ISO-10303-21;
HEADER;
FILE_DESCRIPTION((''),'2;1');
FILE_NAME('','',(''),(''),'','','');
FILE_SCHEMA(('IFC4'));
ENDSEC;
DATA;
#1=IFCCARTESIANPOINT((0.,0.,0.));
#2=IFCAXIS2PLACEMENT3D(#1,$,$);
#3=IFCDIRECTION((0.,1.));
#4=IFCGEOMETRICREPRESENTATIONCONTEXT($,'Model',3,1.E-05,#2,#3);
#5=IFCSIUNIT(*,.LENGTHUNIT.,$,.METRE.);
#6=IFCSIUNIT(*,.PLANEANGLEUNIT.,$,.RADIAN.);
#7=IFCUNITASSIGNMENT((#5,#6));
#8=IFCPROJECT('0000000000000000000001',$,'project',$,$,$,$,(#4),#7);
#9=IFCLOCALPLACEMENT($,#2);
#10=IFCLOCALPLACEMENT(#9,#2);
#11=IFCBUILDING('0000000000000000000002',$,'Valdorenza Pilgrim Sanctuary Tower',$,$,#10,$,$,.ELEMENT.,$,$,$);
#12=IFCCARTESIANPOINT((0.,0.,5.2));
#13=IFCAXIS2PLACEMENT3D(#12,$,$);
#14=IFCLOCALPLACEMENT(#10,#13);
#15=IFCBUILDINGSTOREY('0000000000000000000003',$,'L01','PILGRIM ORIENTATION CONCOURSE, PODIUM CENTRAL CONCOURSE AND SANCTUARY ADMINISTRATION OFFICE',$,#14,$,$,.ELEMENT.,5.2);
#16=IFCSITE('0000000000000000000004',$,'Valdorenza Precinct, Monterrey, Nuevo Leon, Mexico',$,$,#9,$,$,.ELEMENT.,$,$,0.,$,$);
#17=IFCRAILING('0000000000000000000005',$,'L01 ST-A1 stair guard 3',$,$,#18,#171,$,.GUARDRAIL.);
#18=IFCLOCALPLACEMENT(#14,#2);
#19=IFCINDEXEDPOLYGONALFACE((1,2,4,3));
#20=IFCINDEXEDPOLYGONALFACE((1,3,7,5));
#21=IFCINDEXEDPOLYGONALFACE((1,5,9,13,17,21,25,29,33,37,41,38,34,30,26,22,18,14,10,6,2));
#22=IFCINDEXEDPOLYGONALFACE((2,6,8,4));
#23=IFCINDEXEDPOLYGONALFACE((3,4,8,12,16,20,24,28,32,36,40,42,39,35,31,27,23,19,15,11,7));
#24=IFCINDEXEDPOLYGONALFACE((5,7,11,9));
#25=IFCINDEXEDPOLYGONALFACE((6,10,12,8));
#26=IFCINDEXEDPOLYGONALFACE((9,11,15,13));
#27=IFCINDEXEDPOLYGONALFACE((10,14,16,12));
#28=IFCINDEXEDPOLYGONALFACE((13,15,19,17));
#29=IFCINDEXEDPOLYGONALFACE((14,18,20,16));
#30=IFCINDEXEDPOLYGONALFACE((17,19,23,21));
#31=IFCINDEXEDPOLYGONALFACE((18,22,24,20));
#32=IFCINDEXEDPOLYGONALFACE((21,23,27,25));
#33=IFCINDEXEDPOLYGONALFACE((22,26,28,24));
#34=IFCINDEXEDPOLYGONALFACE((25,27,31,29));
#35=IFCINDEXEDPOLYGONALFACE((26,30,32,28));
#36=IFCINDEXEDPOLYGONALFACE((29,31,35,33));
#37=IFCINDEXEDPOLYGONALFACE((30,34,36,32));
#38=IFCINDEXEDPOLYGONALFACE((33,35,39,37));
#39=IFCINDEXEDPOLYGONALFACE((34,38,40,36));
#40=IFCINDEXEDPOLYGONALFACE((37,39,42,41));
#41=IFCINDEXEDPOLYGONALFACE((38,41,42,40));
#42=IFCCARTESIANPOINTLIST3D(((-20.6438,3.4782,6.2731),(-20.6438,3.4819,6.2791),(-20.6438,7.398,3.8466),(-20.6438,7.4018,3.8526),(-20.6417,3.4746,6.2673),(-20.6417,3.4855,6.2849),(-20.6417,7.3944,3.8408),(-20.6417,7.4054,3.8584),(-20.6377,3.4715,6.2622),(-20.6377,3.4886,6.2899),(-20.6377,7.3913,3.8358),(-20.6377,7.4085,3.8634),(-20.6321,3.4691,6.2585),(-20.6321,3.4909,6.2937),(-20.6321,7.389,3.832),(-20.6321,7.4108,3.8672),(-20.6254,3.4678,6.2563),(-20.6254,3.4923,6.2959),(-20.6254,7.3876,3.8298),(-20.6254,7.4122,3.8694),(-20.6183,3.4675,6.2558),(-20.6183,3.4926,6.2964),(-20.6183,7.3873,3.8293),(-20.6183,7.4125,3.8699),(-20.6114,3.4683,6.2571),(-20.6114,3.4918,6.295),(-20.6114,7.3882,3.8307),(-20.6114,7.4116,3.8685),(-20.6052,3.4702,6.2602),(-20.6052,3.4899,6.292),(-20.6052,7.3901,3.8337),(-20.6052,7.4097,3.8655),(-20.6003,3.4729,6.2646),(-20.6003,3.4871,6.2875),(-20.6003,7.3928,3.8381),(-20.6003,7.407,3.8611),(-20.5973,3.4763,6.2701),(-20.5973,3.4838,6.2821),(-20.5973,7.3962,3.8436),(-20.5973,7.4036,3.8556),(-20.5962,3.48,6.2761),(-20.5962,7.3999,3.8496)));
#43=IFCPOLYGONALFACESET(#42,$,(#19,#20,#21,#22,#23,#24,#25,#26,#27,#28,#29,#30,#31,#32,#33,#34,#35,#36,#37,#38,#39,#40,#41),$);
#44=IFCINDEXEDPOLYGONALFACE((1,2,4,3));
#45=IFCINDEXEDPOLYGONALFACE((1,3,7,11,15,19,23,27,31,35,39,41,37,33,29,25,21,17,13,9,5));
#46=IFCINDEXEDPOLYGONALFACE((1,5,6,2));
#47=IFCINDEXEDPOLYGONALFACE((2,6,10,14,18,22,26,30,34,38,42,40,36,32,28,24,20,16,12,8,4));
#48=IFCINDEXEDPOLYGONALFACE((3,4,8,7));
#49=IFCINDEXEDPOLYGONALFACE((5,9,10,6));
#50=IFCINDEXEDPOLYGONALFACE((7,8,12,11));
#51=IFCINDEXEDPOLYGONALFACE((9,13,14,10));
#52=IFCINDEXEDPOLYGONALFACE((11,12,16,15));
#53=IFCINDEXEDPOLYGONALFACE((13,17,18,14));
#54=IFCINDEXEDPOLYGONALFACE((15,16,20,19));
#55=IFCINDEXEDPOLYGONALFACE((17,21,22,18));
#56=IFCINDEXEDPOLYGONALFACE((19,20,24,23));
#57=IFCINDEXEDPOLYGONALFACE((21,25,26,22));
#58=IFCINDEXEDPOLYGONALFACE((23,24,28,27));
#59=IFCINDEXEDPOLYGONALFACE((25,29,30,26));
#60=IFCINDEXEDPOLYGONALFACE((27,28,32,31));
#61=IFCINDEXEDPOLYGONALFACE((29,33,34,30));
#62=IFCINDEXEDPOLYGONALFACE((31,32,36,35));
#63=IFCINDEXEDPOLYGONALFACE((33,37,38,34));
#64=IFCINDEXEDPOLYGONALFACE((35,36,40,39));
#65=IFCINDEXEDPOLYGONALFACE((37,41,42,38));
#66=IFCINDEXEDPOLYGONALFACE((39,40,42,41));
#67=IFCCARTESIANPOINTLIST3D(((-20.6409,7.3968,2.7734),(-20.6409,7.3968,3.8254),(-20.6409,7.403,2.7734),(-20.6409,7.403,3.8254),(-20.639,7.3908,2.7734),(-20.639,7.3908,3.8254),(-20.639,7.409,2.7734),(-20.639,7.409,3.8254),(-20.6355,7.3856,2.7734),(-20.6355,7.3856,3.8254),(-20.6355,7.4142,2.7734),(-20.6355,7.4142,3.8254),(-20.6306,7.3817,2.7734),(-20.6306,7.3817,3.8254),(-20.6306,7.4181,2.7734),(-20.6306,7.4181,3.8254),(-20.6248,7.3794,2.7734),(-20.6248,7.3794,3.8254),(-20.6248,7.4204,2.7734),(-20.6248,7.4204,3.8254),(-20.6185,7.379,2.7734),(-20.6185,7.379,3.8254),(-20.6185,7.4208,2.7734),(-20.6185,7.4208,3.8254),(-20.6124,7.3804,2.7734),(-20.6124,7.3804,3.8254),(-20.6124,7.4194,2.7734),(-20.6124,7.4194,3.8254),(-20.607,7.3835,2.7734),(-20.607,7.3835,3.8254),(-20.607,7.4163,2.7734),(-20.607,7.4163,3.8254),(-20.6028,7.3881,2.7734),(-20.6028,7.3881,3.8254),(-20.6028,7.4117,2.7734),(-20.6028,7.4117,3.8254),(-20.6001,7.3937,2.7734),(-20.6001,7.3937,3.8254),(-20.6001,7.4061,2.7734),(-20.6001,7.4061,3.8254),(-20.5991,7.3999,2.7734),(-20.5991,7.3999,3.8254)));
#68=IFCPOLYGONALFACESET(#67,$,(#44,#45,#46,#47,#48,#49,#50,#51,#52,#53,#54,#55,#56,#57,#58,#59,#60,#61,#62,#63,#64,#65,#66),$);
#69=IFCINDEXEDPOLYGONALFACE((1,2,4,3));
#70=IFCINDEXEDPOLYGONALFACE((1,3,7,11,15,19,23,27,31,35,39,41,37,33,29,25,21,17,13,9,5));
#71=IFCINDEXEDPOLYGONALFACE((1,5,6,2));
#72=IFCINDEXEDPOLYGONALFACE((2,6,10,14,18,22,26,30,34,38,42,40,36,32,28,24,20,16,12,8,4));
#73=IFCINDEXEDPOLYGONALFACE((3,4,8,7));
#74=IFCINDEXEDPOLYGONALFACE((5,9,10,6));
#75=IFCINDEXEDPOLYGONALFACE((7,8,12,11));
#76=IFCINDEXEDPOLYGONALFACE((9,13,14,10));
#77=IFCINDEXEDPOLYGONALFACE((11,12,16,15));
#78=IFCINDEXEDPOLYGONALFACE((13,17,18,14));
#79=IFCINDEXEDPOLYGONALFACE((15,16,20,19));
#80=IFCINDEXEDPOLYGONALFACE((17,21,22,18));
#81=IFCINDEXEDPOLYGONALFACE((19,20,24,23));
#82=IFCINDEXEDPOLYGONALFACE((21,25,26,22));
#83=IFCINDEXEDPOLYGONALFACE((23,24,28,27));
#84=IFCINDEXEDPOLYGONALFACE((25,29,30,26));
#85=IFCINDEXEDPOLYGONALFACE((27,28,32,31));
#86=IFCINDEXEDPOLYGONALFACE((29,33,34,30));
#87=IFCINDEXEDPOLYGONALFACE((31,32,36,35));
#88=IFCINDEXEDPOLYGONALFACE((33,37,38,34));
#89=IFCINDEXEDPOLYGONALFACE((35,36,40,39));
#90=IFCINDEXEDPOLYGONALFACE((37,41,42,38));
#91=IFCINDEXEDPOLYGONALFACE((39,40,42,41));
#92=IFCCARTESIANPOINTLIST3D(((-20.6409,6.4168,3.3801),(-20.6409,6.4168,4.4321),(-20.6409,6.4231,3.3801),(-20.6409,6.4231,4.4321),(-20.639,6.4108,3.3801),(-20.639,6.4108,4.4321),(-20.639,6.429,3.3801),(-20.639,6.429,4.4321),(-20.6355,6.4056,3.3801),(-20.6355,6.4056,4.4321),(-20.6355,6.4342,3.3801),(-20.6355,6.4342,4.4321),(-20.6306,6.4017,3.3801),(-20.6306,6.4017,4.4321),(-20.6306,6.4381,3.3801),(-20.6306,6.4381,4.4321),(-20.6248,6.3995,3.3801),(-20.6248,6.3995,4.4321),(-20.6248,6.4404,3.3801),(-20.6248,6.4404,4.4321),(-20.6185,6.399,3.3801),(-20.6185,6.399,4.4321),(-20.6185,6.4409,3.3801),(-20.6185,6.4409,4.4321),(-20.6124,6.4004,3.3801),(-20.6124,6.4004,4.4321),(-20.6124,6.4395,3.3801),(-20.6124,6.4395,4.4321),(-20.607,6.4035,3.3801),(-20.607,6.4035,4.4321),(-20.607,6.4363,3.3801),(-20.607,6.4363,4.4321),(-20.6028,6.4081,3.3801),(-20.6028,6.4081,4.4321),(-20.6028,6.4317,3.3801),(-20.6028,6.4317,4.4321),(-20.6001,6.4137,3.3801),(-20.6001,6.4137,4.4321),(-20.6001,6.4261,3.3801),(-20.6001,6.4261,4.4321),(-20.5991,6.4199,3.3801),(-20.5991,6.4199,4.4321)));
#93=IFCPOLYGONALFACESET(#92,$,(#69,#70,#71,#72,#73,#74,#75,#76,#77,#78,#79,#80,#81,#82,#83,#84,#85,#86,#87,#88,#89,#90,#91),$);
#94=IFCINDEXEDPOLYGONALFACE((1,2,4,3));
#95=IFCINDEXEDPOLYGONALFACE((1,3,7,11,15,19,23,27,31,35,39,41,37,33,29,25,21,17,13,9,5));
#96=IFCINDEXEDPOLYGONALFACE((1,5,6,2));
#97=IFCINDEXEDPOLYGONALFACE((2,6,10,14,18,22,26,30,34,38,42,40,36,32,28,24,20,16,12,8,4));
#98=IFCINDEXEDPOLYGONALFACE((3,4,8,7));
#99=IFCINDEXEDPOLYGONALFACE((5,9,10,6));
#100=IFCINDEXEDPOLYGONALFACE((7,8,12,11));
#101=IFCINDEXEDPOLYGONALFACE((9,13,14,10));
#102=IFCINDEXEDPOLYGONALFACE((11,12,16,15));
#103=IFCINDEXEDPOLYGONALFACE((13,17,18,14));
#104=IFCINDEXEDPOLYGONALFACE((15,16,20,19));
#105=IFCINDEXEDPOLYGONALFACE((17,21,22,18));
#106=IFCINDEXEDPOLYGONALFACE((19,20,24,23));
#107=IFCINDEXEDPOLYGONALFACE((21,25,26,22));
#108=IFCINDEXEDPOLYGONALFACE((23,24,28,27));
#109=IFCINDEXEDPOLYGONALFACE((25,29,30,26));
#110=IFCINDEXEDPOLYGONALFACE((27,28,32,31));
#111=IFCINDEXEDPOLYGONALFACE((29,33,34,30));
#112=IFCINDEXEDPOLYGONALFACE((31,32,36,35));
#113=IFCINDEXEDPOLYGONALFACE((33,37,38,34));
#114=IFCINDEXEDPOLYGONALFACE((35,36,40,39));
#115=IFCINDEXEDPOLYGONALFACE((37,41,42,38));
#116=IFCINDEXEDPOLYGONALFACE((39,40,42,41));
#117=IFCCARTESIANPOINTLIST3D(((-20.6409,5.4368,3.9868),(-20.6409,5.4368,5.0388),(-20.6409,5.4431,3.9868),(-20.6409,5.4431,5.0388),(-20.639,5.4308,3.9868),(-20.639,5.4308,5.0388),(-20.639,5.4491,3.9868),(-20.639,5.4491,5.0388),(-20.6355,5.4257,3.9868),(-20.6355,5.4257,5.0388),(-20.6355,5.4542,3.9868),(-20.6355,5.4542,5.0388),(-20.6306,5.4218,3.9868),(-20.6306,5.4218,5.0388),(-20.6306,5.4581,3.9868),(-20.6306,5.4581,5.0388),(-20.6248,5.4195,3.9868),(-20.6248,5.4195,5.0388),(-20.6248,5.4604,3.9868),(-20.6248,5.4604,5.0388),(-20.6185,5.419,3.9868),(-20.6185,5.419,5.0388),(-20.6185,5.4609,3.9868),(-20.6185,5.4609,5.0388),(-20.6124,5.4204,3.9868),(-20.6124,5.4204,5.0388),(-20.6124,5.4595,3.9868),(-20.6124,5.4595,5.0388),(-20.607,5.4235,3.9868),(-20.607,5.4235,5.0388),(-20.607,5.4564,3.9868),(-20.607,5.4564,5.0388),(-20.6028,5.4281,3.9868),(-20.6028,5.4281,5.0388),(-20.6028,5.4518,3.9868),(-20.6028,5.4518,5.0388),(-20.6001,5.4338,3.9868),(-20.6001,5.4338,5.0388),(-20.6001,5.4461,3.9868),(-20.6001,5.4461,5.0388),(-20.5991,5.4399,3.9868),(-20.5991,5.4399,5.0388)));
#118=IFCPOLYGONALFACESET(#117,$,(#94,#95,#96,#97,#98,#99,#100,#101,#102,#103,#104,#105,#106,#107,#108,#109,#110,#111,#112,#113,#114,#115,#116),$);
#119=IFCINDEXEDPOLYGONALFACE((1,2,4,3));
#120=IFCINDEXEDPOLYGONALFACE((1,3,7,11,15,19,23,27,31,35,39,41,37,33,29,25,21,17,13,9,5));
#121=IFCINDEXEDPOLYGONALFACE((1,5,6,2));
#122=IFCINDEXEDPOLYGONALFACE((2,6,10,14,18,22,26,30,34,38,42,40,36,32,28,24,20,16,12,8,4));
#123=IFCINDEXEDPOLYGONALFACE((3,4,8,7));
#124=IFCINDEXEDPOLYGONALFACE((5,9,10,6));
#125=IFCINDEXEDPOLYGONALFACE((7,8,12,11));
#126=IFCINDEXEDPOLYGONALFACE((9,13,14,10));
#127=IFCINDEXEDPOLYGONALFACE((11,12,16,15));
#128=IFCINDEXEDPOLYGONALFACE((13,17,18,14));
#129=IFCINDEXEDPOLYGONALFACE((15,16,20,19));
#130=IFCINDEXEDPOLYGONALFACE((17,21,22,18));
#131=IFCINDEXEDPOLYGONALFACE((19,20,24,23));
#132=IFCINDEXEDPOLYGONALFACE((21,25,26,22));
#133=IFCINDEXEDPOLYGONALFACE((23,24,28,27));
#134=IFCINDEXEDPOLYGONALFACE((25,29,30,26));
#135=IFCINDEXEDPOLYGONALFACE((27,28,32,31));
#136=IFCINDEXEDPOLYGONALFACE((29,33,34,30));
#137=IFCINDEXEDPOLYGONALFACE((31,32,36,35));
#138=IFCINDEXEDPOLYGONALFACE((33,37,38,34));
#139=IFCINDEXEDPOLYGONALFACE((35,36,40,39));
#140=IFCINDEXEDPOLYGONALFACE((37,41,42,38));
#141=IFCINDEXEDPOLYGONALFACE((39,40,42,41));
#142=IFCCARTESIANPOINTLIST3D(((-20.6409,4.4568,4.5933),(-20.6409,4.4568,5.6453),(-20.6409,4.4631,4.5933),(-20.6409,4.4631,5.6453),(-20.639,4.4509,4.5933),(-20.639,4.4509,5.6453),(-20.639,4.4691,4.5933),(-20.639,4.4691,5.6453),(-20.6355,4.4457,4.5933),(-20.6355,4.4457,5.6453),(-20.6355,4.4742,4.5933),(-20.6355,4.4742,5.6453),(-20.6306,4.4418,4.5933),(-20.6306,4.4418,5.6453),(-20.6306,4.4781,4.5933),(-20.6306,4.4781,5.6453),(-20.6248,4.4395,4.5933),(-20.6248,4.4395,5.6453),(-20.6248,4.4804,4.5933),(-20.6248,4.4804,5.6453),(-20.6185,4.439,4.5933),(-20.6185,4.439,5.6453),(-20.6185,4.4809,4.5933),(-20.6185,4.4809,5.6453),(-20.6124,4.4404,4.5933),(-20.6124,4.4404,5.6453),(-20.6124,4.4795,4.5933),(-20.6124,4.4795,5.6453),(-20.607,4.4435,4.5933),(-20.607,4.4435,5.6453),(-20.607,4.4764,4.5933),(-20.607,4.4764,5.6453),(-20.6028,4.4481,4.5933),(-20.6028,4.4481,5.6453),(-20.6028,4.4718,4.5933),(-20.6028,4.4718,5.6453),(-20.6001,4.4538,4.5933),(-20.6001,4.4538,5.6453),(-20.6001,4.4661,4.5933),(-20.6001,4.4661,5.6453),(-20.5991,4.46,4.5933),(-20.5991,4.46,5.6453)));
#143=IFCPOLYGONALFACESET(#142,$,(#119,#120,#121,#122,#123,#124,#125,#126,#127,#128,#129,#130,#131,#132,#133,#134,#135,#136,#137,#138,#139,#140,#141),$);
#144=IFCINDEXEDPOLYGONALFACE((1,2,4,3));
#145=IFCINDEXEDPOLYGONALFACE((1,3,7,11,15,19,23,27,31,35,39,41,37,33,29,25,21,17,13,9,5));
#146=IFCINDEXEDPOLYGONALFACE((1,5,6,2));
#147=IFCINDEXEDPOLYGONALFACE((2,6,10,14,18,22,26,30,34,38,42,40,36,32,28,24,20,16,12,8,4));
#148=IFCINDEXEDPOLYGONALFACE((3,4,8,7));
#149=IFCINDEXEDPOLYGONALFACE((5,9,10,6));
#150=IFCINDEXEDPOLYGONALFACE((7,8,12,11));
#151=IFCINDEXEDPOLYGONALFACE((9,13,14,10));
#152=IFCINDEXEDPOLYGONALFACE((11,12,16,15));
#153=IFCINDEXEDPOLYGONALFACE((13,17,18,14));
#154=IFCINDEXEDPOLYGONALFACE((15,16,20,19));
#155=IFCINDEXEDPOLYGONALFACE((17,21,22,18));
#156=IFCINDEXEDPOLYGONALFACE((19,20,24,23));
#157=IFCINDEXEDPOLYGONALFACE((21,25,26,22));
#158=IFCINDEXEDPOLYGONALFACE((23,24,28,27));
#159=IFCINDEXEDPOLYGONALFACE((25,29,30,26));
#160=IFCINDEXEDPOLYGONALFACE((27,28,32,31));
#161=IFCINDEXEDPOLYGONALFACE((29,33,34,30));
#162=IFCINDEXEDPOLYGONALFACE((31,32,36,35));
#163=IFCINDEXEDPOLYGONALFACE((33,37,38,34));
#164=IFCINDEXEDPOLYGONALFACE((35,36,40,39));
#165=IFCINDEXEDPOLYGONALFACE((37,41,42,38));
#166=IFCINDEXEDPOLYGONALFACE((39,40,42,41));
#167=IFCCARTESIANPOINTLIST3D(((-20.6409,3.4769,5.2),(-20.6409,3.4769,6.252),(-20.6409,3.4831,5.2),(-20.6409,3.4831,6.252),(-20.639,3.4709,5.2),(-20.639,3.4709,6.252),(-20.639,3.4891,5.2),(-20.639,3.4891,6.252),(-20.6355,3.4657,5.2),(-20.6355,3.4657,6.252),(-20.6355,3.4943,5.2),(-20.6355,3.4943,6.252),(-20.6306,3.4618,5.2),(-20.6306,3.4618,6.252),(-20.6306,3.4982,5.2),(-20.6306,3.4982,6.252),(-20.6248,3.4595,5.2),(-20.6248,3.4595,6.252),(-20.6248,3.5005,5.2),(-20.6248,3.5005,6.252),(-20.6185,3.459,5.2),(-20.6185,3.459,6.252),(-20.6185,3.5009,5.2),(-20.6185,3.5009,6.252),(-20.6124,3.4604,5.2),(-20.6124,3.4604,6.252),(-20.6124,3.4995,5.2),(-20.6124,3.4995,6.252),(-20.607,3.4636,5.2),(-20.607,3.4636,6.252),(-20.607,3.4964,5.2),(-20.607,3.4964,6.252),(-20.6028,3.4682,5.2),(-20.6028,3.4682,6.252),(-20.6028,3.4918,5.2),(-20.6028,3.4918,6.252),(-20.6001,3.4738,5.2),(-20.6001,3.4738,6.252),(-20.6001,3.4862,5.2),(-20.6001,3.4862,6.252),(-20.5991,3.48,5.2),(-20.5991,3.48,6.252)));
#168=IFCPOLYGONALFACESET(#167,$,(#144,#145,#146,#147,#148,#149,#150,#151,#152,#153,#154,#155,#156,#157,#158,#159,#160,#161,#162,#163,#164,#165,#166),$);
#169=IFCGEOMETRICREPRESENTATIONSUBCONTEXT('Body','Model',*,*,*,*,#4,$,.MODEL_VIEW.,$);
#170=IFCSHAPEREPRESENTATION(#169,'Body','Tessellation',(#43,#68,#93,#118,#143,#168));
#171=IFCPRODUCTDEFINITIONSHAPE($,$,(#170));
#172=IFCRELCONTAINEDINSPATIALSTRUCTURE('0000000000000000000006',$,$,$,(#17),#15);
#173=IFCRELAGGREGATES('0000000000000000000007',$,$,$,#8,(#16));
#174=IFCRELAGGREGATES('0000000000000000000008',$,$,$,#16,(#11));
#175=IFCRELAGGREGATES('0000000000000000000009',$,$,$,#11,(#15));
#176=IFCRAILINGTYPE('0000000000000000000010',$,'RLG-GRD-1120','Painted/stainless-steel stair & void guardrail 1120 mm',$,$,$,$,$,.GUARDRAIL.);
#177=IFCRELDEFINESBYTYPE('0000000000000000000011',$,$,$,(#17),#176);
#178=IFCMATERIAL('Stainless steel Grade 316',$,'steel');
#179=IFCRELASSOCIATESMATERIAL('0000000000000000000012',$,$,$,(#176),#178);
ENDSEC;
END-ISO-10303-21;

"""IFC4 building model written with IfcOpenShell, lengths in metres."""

from ifc_helpers import new_model, si_unit, direction, frame, origin, origin_2d, place, context, subcontext, project, spatial, circle, extrude, material, type_object, element, save


model = new_model("IFC4")

# Units and contexts
model_context = context("Model", 3, precision=1e-05, world=origin(), true_north=direction((0.0, 1.0)))
body_context = subcontext(model_context, "Body", "Model", "MODEL_VIEW")
ifc_project = project(units=[si_unit("LENGTHUNIT", "METRE"), si_unit("PLANEANGLEUNIT", "RADIAN")], contexts=[model_context])

# Site, building, storey
site_placement = place(None, origin())
site = spatial("IfcSite", under=ifc_project, at=site_placement, Name="Valdorenza Precinct, Monterrey, Nuevo Leon, Mexico", CompositionType="ELEMENT", RefElevation=0.0)
building_placement = place(site_placement, origin())
building = spatial("IfcBuilding", under=site, at=building_placement, Name="Valdorenza Pilgrim Sanctuary Tower", CompositionType="ELEMENT")
storey_placement = place(building_placement, frame((0.0, 0.0, 5.2)))
storey = spatial("IfcBuildingStorey", under=building, at=storey_placement, Name="L01", Description="PILGRIM ORIENTATION CONCOURSE, PODIUM CENTRAL CONCOURSE AND SANCTUARY ADMINISTRATION OFFICE", CompositionType="ELEMENT", Elevation=5.2)

# Railing
ifc_material_1 = material(Name="Stainless steel Grade 316", Category="steel")
railing_type = type_object("IfcRailingType", Name="RLG-GRD-1120", Description="Painted/stainless-steel stair & void guardrail 1120 mm", PredefinedType="GUARDRAIL", material=ifc_material_1)
railing_1_placement = place(storey_placement, frame((-20.6201, 7.3999, 2.7734)))
element("IfcRailing", 1, at=railing_1_placement, inside=storey, type_object=railing_type, Name="L01 ST-A1 stair guard 3", PredefinedType="GUARDRAIL", context=body_context, shape_type="SweptSolid", body=[
    extrude(circle(Radius=0.0239, at=origin_2d()), frame((0.0, 0.0, 1.0762), z_axis=(0.0, -0.850275, 0.526338), x_axis=(1.0, 0.0, 0.0)), (0.0, 0.0, 1.0), 4.6101),
    extrude(circle(Radius=0.021, at=origin_2d()), origin(), (0.0, 0.0, 1.0), 1.052),
    extrude(circle(Radius=0.021, at=origin_2d()), frame((0.0, -0.98, 0.6067)), (0.0, 0.0, 1.0), 1.052),
    extrude(circle(Radius=0.021, at=origin_2d()), frame((0.0, -1.96, 1.2134)), (0.0, 0.0, 1.0), 1.052),
    extrude(circle(Radius=0.021, at=origin_2d()), frame((0.0, -2.9399, 1.8198)), (0.0, 0.0, 1.0), 1.052),
    extrude(circle(Radius=0.021, at=origin_2d()), frame((0.0, -3.9199, 2.4265)), (0.0, 0.0, 1.0), 1.052),
])

save(model, "model.ifc")
